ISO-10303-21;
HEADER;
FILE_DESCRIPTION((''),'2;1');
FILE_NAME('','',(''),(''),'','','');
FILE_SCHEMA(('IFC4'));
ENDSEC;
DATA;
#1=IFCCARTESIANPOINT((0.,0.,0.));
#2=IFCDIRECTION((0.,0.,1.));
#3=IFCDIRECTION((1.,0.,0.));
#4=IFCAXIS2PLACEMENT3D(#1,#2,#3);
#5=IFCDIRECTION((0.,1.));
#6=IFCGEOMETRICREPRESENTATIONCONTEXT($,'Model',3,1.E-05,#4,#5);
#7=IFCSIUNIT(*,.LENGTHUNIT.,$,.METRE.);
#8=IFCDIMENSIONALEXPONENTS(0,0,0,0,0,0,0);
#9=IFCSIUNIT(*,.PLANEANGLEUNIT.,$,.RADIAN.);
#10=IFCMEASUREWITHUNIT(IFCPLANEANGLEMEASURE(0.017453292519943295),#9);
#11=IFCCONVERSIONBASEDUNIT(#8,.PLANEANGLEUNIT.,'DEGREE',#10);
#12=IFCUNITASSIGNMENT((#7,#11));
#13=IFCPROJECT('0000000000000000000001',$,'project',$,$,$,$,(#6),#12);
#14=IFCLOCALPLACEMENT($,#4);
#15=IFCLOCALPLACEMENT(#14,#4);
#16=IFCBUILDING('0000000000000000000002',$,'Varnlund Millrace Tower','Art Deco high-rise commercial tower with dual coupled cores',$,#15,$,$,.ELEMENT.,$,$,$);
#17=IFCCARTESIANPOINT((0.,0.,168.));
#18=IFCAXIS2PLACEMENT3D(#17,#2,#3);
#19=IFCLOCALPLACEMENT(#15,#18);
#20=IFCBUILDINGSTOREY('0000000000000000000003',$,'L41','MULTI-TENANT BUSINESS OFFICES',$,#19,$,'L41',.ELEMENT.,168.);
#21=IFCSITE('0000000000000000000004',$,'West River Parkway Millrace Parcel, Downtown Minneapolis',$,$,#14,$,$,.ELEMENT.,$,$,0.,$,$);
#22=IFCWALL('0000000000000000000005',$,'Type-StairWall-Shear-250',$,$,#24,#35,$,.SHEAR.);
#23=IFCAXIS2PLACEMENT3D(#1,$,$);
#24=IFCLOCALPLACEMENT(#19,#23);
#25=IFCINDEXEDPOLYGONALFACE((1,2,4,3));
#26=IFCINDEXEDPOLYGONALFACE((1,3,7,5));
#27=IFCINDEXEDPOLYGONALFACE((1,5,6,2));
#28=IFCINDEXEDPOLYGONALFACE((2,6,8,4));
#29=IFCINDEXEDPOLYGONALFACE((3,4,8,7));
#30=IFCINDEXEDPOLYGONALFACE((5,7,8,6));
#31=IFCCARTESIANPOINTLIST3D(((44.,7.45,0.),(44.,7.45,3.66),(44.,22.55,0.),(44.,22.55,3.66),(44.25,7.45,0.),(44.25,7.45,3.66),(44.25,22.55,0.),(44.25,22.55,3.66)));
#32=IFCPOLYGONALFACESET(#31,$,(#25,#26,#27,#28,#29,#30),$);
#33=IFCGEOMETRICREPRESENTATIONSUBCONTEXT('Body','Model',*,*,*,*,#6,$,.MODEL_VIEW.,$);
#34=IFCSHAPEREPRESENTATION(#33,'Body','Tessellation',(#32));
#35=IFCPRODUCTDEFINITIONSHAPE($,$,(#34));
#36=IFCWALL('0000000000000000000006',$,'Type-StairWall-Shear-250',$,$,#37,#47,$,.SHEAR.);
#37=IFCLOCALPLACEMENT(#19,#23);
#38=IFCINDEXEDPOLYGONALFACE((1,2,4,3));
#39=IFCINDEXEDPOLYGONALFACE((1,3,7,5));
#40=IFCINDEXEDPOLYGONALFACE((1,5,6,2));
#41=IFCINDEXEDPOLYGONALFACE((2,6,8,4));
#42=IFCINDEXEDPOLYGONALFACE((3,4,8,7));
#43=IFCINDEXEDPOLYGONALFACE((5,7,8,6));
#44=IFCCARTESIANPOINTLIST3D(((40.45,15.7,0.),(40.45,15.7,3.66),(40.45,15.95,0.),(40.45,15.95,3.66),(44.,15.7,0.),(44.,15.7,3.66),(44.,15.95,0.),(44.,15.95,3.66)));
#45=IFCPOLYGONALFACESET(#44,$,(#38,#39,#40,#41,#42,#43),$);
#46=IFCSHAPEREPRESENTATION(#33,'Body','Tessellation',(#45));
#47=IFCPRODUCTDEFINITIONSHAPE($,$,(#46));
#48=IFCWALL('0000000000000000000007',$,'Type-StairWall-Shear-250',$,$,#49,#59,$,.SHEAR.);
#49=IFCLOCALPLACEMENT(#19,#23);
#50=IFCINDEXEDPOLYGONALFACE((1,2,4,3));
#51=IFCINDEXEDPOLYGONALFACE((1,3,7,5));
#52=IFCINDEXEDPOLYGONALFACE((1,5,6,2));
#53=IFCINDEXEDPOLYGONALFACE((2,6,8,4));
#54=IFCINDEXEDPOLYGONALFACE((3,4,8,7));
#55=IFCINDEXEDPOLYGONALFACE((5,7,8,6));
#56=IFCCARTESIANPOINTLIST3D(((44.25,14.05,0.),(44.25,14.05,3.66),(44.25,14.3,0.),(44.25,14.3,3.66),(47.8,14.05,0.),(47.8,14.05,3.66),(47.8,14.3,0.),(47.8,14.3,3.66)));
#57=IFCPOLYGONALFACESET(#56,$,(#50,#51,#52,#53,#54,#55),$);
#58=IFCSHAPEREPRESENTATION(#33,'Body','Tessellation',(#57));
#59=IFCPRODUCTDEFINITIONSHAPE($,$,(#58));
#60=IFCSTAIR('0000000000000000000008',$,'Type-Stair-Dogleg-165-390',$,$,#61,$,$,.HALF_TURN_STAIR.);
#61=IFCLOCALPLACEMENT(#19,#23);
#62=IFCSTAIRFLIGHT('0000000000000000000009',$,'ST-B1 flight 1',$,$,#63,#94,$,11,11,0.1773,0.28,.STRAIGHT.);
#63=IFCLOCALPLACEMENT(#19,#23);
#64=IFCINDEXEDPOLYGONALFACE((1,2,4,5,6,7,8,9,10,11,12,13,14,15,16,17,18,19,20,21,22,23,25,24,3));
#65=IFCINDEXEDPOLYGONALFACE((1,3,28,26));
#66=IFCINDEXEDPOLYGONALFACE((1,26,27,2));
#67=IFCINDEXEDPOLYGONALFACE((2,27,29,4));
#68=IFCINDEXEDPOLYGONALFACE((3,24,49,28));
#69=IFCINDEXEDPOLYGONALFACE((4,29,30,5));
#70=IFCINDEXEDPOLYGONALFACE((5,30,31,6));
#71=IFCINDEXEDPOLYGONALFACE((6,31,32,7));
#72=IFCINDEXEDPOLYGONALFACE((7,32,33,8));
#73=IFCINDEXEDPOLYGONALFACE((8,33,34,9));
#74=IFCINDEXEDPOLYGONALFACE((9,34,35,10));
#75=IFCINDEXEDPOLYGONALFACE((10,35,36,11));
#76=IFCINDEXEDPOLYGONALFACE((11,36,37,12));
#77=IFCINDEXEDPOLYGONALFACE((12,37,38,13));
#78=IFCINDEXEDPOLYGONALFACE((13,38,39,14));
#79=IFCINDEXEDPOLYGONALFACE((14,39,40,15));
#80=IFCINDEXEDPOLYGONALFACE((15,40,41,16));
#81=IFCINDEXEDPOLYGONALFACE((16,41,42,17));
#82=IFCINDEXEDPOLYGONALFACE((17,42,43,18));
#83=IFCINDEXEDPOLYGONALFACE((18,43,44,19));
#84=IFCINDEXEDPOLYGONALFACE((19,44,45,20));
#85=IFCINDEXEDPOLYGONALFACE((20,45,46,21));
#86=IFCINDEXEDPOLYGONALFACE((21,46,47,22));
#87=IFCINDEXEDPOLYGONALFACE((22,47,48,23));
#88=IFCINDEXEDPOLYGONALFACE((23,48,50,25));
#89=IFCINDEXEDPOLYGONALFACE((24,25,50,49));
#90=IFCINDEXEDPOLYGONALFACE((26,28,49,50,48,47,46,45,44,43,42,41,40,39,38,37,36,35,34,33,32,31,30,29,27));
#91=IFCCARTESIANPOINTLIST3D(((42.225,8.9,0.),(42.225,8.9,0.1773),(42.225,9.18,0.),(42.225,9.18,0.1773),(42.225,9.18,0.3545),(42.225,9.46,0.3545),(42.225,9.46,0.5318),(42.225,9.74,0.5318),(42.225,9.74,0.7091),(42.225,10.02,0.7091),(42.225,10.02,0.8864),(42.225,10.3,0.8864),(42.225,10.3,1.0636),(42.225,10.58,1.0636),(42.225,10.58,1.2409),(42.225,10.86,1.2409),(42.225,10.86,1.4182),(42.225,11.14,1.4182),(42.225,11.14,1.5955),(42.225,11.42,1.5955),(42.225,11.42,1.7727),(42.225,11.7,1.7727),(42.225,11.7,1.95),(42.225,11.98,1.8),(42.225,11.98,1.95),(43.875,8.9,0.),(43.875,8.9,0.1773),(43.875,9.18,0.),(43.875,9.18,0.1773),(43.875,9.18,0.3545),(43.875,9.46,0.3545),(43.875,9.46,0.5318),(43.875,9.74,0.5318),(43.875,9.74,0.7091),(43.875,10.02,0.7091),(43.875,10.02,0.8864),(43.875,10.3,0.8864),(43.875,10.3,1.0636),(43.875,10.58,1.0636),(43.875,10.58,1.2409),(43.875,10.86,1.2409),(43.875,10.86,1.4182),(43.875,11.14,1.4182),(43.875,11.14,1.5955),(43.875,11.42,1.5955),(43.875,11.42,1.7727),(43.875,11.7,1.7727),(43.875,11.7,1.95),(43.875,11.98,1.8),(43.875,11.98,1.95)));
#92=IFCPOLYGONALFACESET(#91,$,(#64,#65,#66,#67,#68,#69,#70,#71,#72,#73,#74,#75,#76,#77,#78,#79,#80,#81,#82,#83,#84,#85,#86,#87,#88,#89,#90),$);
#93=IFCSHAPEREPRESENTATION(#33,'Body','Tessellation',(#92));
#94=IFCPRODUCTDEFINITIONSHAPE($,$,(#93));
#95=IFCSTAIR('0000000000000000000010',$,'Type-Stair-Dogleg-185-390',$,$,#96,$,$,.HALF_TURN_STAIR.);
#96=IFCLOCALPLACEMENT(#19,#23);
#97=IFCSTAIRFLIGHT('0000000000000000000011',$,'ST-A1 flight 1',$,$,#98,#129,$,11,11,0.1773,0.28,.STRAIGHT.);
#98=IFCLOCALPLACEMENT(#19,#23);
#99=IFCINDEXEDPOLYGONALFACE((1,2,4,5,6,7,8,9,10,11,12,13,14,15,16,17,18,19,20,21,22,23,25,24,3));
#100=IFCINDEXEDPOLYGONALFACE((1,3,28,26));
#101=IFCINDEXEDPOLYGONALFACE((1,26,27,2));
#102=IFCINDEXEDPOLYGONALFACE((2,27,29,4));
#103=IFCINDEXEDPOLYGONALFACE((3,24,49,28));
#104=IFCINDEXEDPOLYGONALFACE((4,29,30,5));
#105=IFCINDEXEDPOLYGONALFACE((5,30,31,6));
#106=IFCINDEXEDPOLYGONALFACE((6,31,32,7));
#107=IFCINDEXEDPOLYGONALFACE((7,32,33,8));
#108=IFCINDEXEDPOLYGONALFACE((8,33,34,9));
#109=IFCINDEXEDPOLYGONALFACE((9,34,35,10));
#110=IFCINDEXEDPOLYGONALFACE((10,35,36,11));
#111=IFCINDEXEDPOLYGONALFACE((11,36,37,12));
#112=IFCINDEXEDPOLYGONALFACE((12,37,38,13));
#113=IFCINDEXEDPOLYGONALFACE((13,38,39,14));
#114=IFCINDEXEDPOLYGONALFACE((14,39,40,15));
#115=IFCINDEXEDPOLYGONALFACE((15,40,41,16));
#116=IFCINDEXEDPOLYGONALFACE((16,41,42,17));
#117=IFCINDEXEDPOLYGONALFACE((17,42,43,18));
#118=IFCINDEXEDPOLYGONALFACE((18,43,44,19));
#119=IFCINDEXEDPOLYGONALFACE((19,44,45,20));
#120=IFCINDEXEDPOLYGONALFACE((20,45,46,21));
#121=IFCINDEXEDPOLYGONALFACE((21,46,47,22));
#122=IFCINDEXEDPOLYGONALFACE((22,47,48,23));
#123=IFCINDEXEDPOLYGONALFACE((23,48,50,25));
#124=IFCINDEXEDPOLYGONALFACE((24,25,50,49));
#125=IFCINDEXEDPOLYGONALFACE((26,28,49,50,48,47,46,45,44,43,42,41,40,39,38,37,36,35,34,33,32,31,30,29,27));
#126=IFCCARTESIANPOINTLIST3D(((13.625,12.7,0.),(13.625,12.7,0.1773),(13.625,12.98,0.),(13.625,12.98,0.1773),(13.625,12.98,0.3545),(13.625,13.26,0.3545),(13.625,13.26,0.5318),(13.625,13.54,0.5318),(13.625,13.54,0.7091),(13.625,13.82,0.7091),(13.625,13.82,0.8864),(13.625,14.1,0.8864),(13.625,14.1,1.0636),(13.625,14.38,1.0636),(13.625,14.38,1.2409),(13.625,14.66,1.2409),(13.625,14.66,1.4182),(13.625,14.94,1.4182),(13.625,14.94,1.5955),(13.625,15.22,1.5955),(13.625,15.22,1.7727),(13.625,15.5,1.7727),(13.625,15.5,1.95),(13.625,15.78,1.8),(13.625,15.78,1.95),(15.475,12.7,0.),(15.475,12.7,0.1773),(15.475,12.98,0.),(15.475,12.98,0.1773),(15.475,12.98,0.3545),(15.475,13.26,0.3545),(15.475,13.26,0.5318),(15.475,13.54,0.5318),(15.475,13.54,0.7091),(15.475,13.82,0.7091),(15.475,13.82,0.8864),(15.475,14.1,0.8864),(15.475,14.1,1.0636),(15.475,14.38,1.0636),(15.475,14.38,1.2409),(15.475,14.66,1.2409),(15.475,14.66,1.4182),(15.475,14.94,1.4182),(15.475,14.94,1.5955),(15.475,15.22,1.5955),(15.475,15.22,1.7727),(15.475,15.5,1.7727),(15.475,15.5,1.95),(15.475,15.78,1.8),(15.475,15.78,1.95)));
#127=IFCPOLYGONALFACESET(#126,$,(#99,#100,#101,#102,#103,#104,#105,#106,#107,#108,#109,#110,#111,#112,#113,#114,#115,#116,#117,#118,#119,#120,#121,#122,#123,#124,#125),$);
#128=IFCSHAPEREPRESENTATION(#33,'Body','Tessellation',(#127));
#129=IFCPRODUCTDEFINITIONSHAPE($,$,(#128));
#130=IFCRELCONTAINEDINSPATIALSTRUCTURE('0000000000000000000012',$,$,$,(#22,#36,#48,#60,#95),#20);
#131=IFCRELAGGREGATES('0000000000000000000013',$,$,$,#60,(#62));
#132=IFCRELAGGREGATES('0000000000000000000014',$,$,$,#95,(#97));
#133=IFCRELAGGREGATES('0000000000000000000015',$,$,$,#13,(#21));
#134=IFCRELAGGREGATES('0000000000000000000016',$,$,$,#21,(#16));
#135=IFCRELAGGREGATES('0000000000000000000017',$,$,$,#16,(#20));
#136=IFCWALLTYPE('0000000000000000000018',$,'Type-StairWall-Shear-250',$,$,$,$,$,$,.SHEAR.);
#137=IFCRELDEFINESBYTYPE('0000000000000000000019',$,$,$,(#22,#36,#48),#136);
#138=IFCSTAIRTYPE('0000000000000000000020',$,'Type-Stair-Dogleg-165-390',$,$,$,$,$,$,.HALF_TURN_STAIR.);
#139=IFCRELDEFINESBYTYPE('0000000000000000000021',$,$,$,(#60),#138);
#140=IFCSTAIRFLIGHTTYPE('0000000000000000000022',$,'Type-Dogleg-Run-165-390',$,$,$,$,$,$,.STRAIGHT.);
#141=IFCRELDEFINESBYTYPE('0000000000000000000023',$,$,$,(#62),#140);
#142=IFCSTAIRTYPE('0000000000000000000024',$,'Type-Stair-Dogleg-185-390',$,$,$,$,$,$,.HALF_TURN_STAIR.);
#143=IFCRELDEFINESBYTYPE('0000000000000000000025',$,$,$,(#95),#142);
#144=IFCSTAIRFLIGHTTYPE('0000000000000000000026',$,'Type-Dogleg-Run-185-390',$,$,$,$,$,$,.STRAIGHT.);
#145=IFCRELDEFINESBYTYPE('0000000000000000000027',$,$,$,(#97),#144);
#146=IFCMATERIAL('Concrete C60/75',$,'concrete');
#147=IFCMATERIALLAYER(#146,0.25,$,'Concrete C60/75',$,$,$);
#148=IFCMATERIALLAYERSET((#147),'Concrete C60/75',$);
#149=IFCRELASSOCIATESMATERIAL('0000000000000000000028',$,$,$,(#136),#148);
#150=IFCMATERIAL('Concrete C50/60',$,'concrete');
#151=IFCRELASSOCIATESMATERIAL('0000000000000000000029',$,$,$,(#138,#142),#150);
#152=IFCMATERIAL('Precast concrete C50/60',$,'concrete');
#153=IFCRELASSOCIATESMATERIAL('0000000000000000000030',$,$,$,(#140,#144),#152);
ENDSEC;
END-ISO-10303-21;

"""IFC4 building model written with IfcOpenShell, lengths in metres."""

from ifc_helpers import new_model, entity, si_unit, converted_unit, direction, frame, origin_with_axes, place, context, subcontext, project, spatial, polyline, outline, extrude, material, layer, layer_set, type_object, element, aggregate, save


model = new_model("IFC4")

# Units and contexts
model_context = context("Model", 3, precision=1e-05, world=origin_with_axes(), true_north=direction((0.0, 1.0)))
body_context = subcontext(model_context, "Body", "Model", "MODEL_VIEW")
ifc_project = project(units=[si_unit("LENGTHUNIT", "METRE"), converted_unit("PLANEANGLEUNIT", "DEGREE", entity("IfcPlaneAngleMeasure", 0.017453292519943295), si_unit("PLANEANGLEUNIT", "RADIAN"), dimensions=[0, 0, 0, 0, 0, 0, 0])], contexts=[model_context])

# Site, building, storey
site_placement = place(None, origin_with_axes())
site = spatial("IfcSite", under=ifc_project, at=site_placement, Name="West River Parkway Millrace Parcel, Downtown Minneapolis", CompositionType="ELEMENT", RefElevation=0.0)
building_placement = place(site_placement, origin_with_axes())
building = spatial("IfcBuilding", under=site, at=building_placement, Name="Varnlund Millrace Tower", Description="Art Deco high-rise commercial tower with dual coupled cores", CompositionType="ELEMENT")
storey_placement = place(building_placement, frame((0.0, 0.0, 168.0), z_axis=(0.0, 0.0, 1.0), x_axis=(1.0, 0.0, 0.0)))
storey = spatial("IfcBuildingStorey", under=building, at=storey_placement, Name="L41", Description="MULTI-TENANT BUSINESS OFFICES", LongName="L41", CompositionType="ELEMENT", Elevation=168.0)

# Shared definitions
ifc_material_1 = material(Name="Concrete C60/75", Category="concrete")
ifc_layer_1 = layer(ifc_material_1, 0.25, Name="Concrete C60/75")
ifc_layer_set_1 = layer_set([ifc_layer_1], Name="Concrete C60/75")

# Walls
wall_type_1 = type_object("IfcWallType", Name="Type-StairWall-Shear-250", PredefinedType="SHEAR", material=ifc_layer_set_1)
wall_1_placement = place(storey_placement, frame((44.125, 7.45, 0.0), z_axis=(0.0, 0.0, 1.0), x_axis=(0.0, 1.0, 0.0)))
element("IfcWall", 1, at=wall_1_placement, inside=storey, type_object=wall_type_1, Name="Type-StairWall-Shear-250", PredefinedType="SHEAR", context=body_context, shape_type="SweptSolid", body=[
    extrude(outline(polyline([(0.0, -0.125), (15.1, -0.125), (15.1, 0.125), (0.0, 0.125), (0.0, -0.125)])), origin_with_axes(), (0.0, 0.0, 1.0), 3.66),
])
for number, where, z_axis, x_axis, name in (
    (2, (40.45, 15.825, 0.0), (0.0, 0.0, 1.0), (1.0, 0.0, 0.0), "Type-StairWall-Shear-250"),
    (3, (44.25, 14.175, 0.0), (0.0, 0.0, 1.0), (1.0, 0.0, 0.0), "Type-StairWall-Shear-250"),
):
    element("IfcWall", number, at=place(storey_placement, frame(where, z_axis=z_axis, x_axis=x_axis)), inside=storey, type_object=wall_type_1, Name=name, PredefinedType="SHEAR", context=body_context, shape_type="SweptSolid", body=[
        extrude(outline(polyline([(0.0, -0.125), (3.55, -0.125), (3.55, 0.125), (0.0, 0.125), (0.0, -0.125)])), origin_with_axes(), (0.0, 0.0, 1.0), 3.66),
    ])

# Stairs, stair flights
ifc_material_2 = material(Name="Concrete C50/60", Category="concrete")
stair_type_1 = type_object("IfcStairType", Name="Type-Stair-Dogleg-165-390", PredefinedType="HALF_TURN_STAIR", material=ifc_material_2)
stair_1_placement = place(storey_placement, origin_with_axes())
stair_1 = element("IfcStair", 4, at=stair_1_placement, inside=storey, type_object=stair_type_1, Name="Type-Stair-Dogleg-165-390", PredefinedType="HALF_TURN_STAIR")
ifc_material_3 = material(Name="Precast concrete C50/60", Category="concrete")
stair_flight_type_1 = type_object("IfcStairFlightType", Name="Type-Dogleg-Run-165-390", PredefinedType="STRAIGHT", material=ifc_material_3)
stair_flight_1_placement = place(storey_placement, frame((42.225, 8.9, 0.0), z_axis=(1.0, 0.0, 0.0), x_axis=(0.0, 1.0, 0.0)))
stair_flight_1 = element("IfcStairFlight", 5, at=stair_flight_1_placement, type_object=stair_flight_type_1, Name="ST-B1 flight 1", NumberOfRisers=11, NumberOfTreads=11, PredefinedType="STRAIGHT", RiserHeight=0.1773, TreadLength=0.28, context=body_context, shape_type="SweptSolid", body=[
    extrude(outline(polyline([(0.0, 0.0), (0.0, 0.1773), (0.28, 0.1773), (0.28, 0.3545), (0.56, 0.3545), (0.56, 0.5318), (0.84, 0.5318), (0.84, 0.7091), (1.12, 0.7091), (1.12, 0.8864), (1.4, 0.8864), (1.4, 1.0636), (1.68, 1.0636), (1.68, 1.2409), (1.96, 1.2409), (1.96, 1.4182), (2.24, 1.4182), (2.24, 1.5955), (2.52, 1.5955), (2.52, 1.7727), (2.8, 1.7727), (2.8, 1.95), (3.08, 1.95), (3.08, 1.8), (0.28, 0.0), (0.0, 0.0)])), origin_with_axes(), (0.0, 0.0, 1.0), 1.65),
])
aggregate(stair_1, [stair_flight_1])
stair_type_2 = type_object("IfcStairType", Name="Type-Stair-Dogleg-185-390", PredefinedType="HALF_TURN_STAIR", material=ifc_material_2)
stair_2_placement = place(storey_placement, origin_with_axes())
stair_2 = element("IfcStair", 6, at=stair_2_placement, inside=storey, type_object=stair_type_2, Name="Type-Stair-Dogleg-185-390", PredefinedType="HALF_TURN_STAIR")
stair_flight_type_2 = type_object("IfcStairFlightType", Name="Type-Dogleg-Run-185-390", PredefinedType="STRAIGHT", material=ifc_material_3)
stair_flight_2_placement = place(storey_placement, frame((13.625, 12.7, 0.0), z_axis=(1.0, 0.0, 0.0), x_axis=(0.0, 1.0, 0.0)))
stair_flight_2 = element("IfcStairFlight", 7, at=stair_flight_2_placement, type_object=stair_flight_type_2, Name="ST-A1 flight 1", NumberOfRisers=11, NumberOfTreads=11, PredefinedType="STRAIGHT", RiserHeight=0.1773, TreadLength=0.28, context=body_context, shape_type="SweptSolid", body=[
    extrude(outline(polyline([(0.0, 0.0), (0.0, 0.1773), (0.28, 0.1773), (0.28, 0.3545), (0.56, 0.3545), (0.56, 0.5318), (0.84, 0.5318), (0.84, 0.7091), (1.12, 0.7091), (1.12, 0.8864), (1.4, 0.8864), (1.4, 1.0636), (1.68, 1.0636), (1.68, 1.2409), (1.96, 1.2409), (1.96, 1.4182), (2.24, 1.4182), (2.24, 1.5955), (2.52, 1.5955), (2.52, 1.7727), (2.8, 1.7727), (2.8, 1.95), (3.08, 1.95), (3.08, 1.8), (0.28, 0.0), (0.0, 0.0)])), origin_with_axes(), (0.0, 0.0, 1.0), 1.85),
])
aggregate(stair_2, [stair_flight_2])

save(model, "model.ifc")
